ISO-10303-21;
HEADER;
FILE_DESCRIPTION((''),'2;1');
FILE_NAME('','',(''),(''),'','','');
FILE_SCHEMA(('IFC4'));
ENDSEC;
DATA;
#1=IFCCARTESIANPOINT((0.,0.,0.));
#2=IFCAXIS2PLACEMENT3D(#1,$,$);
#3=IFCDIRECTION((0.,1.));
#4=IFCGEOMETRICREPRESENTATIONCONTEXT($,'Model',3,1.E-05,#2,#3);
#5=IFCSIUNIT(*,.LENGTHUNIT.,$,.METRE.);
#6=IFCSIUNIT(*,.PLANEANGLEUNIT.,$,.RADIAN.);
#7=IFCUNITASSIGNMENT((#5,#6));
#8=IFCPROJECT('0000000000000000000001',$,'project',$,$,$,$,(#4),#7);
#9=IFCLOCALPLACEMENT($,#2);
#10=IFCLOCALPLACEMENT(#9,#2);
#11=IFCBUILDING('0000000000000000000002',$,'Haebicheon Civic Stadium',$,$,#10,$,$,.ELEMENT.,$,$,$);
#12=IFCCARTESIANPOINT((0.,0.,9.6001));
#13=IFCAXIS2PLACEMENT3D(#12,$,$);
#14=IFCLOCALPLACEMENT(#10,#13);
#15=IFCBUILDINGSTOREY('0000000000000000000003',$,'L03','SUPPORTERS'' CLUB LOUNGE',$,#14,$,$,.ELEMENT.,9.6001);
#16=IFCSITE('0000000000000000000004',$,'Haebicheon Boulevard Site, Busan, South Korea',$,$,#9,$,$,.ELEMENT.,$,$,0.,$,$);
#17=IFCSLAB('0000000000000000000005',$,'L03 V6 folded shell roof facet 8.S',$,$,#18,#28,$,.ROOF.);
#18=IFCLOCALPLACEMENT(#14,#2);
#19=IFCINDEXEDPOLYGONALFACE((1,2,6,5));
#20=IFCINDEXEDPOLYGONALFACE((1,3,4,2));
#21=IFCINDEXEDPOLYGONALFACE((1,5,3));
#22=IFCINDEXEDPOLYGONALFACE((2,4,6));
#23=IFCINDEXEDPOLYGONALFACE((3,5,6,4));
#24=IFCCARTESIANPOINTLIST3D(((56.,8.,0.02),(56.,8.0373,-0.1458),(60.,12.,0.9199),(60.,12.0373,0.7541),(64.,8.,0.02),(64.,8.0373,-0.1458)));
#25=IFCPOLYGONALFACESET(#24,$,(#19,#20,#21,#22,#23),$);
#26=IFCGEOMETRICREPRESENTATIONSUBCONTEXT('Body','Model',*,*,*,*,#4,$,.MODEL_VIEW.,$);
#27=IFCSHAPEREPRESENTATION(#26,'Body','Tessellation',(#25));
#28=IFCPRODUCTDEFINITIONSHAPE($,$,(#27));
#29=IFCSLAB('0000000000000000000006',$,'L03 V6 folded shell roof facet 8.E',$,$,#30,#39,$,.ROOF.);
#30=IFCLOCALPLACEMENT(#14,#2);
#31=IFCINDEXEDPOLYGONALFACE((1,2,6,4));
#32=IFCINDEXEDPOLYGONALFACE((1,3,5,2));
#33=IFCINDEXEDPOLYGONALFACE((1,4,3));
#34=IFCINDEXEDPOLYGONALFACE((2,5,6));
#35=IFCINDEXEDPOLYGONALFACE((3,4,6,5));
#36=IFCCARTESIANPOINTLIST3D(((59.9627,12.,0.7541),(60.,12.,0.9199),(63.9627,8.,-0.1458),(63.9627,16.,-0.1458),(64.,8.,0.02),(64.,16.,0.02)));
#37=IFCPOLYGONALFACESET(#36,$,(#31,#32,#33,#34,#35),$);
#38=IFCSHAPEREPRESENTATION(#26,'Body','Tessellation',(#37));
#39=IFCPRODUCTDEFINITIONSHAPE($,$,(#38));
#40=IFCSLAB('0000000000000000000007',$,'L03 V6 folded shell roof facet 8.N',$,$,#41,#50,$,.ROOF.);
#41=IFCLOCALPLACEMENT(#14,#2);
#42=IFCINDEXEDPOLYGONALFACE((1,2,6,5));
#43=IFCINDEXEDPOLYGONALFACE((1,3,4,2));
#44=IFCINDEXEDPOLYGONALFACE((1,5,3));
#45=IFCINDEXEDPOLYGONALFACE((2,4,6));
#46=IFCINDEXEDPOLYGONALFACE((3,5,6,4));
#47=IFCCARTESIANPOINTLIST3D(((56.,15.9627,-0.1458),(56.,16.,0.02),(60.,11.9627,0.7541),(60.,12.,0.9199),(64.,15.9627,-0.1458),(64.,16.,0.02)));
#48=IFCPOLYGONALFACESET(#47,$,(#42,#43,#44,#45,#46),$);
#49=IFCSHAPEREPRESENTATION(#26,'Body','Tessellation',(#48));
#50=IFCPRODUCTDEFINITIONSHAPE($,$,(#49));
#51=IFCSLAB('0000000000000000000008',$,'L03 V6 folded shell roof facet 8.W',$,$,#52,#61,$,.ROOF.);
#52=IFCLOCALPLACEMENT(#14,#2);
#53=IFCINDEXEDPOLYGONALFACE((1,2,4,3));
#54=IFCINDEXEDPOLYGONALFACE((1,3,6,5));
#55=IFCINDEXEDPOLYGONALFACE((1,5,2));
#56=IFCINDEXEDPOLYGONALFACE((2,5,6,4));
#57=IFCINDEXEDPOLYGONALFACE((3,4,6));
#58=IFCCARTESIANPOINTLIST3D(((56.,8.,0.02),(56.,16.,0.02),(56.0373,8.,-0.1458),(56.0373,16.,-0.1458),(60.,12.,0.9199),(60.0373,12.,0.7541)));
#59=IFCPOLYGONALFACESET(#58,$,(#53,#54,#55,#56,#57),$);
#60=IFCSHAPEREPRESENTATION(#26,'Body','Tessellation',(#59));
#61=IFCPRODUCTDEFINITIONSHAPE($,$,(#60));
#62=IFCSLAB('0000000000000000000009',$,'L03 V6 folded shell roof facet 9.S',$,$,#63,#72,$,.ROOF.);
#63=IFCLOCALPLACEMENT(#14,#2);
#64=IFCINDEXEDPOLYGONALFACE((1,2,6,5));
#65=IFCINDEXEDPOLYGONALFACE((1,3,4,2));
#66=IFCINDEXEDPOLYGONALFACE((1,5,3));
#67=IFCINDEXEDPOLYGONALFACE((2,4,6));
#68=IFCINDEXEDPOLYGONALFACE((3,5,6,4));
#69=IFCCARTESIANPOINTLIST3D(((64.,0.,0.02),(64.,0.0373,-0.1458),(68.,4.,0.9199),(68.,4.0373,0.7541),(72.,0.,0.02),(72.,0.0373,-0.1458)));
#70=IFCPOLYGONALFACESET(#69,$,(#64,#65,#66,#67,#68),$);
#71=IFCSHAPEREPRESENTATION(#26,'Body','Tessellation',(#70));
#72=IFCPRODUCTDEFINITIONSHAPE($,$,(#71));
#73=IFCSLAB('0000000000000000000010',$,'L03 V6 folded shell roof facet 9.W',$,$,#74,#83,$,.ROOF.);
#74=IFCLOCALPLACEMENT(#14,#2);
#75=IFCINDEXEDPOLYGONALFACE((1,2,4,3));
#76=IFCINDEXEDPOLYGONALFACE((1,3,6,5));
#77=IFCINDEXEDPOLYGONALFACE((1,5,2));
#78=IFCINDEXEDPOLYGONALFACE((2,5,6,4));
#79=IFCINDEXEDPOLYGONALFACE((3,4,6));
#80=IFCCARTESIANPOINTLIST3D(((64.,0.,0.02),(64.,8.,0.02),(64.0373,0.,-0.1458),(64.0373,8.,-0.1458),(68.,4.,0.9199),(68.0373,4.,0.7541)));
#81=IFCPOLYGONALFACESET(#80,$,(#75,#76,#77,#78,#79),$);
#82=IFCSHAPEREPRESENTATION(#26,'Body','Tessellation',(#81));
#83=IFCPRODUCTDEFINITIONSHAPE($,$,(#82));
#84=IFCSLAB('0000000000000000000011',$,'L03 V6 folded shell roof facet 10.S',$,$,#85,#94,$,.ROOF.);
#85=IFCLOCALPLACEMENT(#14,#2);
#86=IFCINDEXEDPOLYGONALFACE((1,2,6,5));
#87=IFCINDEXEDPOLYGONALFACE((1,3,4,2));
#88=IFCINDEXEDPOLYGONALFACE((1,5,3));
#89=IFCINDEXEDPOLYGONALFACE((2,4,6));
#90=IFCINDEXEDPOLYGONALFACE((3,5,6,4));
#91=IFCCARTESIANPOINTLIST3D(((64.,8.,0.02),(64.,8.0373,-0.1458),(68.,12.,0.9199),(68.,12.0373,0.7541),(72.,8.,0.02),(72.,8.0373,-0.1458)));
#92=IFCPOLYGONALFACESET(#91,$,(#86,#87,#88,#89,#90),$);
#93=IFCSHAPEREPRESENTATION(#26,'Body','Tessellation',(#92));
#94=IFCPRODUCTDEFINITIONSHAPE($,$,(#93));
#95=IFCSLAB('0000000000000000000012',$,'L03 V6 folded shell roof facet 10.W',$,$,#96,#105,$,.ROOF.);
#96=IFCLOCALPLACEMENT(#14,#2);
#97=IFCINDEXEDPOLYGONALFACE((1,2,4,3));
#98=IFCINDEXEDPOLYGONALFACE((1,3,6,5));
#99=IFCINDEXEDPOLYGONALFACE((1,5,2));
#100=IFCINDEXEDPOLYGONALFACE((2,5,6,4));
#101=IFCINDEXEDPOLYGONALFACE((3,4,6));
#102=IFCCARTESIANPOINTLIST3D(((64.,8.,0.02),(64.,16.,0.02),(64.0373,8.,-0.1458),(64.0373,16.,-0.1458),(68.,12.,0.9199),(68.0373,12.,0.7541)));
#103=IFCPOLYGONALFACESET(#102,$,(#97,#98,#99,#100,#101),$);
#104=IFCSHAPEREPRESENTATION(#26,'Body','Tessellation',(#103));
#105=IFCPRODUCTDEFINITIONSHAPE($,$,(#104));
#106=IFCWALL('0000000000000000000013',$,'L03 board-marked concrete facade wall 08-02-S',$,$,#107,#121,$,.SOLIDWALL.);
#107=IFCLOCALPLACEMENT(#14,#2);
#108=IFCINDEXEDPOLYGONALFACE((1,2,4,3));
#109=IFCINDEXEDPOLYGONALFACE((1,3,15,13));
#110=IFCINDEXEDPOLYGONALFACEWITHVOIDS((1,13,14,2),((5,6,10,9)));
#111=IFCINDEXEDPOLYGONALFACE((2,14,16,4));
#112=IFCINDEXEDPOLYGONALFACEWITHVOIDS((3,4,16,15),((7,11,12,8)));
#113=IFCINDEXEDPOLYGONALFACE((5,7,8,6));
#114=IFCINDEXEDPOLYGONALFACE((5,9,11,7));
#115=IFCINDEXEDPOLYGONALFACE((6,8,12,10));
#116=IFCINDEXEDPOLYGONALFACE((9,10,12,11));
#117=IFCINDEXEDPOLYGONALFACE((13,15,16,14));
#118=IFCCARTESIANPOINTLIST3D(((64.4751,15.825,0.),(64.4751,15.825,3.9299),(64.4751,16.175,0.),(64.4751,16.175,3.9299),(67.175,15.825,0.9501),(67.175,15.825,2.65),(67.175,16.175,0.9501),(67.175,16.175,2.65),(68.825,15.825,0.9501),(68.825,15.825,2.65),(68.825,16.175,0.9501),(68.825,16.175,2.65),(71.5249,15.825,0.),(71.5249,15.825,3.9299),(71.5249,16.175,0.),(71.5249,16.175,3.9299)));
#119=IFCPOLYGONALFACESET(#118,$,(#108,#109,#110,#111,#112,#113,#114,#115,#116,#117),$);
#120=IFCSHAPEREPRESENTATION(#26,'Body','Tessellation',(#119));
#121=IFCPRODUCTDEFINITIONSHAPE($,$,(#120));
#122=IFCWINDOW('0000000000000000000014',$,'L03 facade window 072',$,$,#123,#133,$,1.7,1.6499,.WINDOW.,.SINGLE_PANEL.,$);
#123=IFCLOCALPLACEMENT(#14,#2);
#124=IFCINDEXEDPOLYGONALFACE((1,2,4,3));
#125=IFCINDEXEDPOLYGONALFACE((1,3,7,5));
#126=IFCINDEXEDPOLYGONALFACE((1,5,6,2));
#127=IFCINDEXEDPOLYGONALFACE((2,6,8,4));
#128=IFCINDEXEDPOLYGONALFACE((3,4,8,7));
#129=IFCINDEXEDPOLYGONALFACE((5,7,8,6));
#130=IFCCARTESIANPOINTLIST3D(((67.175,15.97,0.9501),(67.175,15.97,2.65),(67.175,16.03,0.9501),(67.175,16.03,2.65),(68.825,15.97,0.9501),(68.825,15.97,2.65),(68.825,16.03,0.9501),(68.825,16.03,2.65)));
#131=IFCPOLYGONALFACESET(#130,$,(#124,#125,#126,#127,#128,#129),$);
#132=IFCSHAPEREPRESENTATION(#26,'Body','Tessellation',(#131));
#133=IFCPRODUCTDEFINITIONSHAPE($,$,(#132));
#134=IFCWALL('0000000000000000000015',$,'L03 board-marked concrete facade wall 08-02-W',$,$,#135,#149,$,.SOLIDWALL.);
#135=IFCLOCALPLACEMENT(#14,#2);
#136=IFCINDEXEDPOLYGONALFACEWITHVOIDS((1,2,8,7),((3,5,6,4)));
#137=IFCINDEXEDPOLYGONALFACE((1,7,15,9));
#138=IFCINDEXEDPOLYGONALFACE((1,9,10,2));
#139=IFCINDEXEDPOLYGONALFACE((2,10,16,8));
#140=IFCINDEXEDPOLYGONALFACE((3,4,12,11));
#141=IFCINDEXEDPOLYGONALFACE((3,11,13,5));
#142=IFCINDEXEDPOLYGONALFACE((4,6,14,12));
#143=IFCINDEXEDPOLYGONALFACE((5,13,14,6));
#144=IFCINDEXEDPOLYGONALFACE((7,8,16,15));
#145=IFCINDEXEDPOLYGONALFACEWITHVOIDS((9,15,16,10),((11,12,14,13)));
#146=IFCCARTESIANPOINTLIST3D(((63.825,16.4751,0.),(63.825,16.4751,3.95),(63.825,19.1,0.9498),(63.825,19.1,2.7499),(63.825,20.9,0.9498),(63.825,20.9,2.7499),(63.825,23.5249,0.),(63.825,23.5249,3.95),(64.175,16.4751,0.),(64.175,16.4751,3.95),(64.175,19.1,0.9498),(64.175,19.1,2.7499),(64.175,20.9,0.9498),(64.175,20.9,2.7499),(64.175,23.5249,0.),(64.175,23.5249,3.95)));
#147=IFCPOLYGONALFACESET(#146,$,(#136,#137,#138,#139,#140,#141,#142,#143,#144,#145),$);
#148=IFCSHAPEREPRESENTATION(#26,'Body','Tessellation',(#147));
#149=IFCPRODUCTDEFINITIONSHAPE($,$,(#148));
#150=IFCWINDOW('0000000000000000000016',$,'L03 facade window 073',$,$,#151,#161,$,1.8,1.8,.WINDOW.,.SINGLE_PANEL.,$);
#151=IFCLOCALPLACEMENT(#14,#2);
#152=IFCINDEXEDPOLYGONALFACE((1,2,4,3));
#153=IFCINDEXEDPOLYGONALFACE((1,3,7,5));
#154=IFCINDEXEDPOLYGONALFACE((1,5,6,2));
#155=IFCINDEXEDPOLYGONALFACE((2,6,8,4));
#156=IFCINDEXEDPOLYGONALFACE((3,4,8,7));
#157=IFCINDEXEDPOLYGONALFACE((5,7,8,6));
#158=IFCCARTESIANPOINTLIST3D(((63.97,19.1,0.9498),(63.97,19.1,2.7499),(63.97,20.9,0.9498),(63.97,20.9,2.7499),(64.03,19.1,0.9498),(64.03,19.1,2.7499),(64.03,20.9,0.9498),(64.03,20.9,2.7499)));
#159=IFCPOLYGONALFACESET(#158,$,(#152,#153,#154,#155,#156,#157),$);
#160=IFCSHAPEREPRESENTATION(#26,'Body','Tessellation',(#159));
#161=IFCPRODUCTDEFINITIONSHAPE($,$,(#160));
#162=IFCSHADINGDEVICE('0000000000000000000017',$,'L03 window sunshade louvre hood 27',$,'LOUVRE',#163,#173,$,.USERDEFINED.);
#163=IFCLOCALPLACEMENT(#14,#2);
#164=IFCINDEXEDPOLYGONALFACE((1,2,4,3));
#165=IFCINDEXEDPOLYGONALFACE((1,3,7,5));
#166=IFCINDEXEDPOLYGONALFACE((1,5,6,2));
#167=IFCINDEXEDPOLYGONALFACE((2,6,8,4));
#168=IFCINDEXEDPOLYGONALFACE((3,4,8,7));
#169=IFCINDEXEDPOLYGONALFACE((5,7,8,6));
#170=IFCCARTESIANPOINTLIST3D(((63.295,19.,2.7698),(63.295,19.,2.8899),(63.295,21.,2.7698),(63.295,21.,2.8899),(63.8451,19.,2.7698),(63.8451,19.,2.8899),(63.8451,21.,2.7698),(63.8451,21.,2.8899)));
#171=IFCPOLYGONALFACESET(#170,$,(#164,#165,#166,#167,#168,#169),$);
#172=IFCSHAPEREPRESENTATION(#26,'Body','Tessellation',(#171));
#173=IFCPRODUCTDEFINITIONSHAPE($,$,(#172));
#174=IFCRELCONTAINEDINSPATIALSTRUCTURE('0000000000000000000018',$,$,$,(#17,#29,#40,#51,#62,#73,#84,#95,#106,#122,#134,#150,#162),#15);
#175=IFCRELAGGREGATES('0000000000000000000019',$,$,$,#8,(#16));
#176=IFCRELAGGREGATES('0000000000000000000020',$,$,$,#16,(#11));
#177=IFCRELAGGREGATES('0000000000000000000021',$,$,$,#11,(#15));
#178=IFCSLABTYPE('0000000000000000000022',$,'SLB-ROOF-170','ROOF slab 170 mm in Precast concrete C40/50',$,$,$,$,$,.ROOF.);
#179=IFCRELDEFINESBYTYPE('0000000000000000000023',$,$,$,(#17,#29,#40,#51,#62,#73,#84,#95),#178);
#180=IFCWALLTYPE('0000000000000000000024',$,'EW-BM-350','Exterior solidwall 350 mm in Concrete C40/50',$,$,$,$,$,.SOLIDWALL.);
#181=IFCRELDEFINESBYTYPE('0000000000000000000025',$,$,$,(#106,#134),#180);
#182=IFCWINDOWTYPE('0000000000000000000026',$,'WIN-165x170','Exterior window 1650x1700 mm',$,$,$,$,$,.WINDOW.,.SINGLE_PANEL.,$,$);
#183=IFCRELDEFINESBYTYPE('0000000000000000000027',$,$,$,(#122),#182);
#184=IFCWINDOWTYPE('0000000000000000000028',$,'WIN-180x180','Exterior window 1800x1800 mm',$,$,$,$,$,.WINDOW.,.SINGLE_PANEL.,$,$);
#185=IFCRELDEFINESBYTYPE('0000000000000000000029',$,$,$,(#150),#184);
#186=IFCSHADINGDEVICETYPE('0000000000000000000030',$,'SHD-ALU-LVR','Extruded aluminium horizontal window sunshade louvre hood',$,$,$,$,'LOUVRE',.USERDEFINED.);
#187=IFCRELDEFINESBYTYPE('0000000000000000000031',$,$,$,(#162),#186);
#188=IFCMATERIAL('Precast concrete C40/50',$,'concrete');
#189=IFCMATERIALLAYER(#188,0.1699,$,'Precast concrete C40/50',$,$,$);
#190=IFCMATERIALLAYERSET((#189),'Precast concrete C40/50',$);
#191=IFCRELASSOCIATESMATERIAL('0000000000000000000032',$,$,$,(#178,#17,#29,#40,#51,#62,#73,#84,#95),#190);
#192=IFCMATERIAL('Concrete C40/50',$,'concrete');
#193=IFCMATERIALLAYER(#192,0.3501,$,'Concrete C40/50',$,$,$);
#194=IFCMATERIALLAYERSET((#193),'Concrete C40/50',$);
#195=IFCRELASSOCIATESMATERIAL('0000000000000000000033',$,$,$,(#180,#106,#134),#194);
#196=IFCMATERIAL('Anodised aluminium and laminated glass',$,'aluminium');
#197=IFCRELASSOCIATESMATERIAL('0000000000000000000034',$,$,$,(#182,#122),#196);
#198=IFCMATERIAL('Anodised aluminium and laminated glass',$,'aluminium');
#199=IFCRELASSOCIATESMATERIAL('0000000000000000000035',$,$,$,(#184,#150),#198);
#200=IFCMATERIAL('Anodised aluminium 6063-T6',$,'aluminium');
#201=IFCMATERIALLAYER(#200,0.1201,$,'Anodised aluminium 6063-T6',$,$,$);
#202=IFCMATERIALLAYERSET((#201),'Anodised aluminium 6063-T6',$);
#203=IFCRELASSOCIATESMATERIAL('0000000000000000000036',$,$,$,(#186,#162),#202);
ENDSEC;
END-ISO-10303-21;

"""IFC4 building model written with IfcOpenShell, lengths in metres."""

from ifc_helpers import new_model, si_unit, direction, frame, frame_2d, origin, origin_2d, place, context, subcontext, project, spatial, polyline, rectangle, outline, extrude, material, layer, layer_set, type_object, element, fill, save


model = new_model("IFC4")

# Units and contexts
model_context = context("Model", 3, precision=1e-05, world=origin(), true_north=direction((0.0, 1.0)))
body_context = subcontext(model_context, "Body", "Model", "MODEL_VIEW")
ifc_project = project(units=[si_unit("LENGTHUNIT", "METRE"), si_unit("PLANEANGLEUNIT", "RADIAN")], contexts=[model_context])

# Site, building, storey
site_placement = place(None, origin())
site = spatial("IfcSite", under=ifc_project, at=site_placement, Name="Haebicheon Boulevard Site, Busan, South Korea", CompositionType="ELEMENT", RefElevation=0.0)
building_placement = place(site_placement, origin())
building = spatial("IfcBuilding", under=site, at=building_placement, Name="Haebicheon Civic Stadium", CompositionType="ELEMENT")
storey_placement = place(building_placement, frame((0.0, 0.0, 9.6001)))
storey = spatial("IfcBuildingStorey", under=building, at=storey_placement, Name="L03", Description="SUPPORTERS' CLUB LOUNGE", CompositionType="ELEMENT", Elevation=9.6001)

# Slabs
ifc_material_1 = material(Name="Precast concrete C40/50", Category="concrete")
ifc_layer_1 = layer(ifc_material_1, 0.1699, Name="Precast concrete C40/50")
ifc_layer_set_1 = layer_set([ifc_layer_1], Name="Precast concrete C40/50")
slab_type = type_object("IfcSlabType", Name="SLB-ROOF-170", Description="ROOF slab 170 mm in Precast concrete C40/50", PredefinedType="ROOF", material=ifc_layer_set_1)
for number, where, z_axis, x_axis, name in (
    (1, (56.0, 8.0, 0.02), (0.0, -0.21949, 0.975615), (1.0, 0.0, 0.0), "L03 V6 folded shell roof facet 8.S"),
    (2, (64.0, 8.0, 0.02), (0.21949, 0.0, 0.975615), (0.0, 1.0, 0.0), "L03 V6 folded shell roof facet 8.E"),
    (3, (64.0, 16.0, 0.02), (0.0, 0.21949, 0.975615), (-1.0, 0.0, 0.0), "L03 V6 folded shell roof facet 8.N"),
    (4, (56.0, 16.0, 0.02), (-0.21949, 0.0, 0.975615), (0.0, -1.0, 0.0), "L03 V6 folded shell roof facet 8.W"),
    (5, (64.0, 0.0, 0.02), (0.0, -0.21949, 0.975615), (1.0, 0.0, 0.0), "L03 V6 folded shell roof facet 9.S"),
    (6, (64.0, 8.0, 0.02), (-0.21949, 0.0, 0.975615), (0.0, -1.0, 0.0), "L03 V6 folded shell roof facet 9.W"),
    (7, (64.0, 8.0, 0.02), (0.0, -0.21949, 0.975615), (1.0, 0.0, 0.0), "L03 V6 folded shell roof facet 10.S"),
    (8, (64.0, 16.0, 0.02), (-0.21949, 0.0, 0.975615), (0.0, -1.0, 0.0), "L03 V6 folded shell roof facet 10.W"),
):
    element("IfcSlab", number, at=place(storey_placement, frame(where, z_axis=z_axis, x_axis=x_axis)), inside=storey, type_object=slab_type, material=ifc_layer_set_1, Name=name, PredefinedType="ROOF", context=body_context, shape_type="SweptSolid", body=[
        extrude(outline(polyline([(0.0, 0.0), (8.0, 0.0), (4.0, 4.1), (0.0, 0.0)])), origin(), (0.0, 0.0, -1.0), 0.1699),
    ])

# Walls, openings, windows
ifc_material_2 = material(Name="Concrete C40/50", Category="concrete")
ifc_layer_2 = layer(ifc_material_2, 0.3501, Name="Concrete C40/50")
ifc_layer_set_2 = layer_set([ifc_layer_2], Name="Concrete C40/50")
wall_type = type_object("IfcWallType", Name="EW-BM-350", Description="Exterior solidwall 350 mm in Concrete C40/50", PredefinedType="SOLIDWALL", material=ifc_layer_set_2)
wall_1_placement = place(storey_placement, frame((64.4751, 16.0, 0.0), z_axis=(0.0, 0.0, 1.0), x_axis=(1.0, 0.0, 0.0)))
wall_1 = element("IfcWall", 9, at=wall_1_placement, inside=storey, type_object=wall_type, material=ifc_layer_set_2, Name="L03 board-marked concrete facade wall 08-02-S", PredefinedType="SOLIDWALL", context=body_context, shape_type="SweptSolid", body=[
    extrude(rectangle(XDim=7.0498, YDim=0.3501, at=frame_2d((3.5249, 0.0))), origin(), (0.0, 0.0, 1.0), 3.9299),
])
opening_1_placement = place(wall_1_placement, frame((2.7, 0.0, 0.95)))
opening_1 = element("IfcOpeningElement", 10, at=opening_1_placement, cuts=wall_1, PredefinedType="OPENING", context=body_context, shape_type="SweptSolid", body=[
    extrude(rectangle(XDim=1.6499, YDim=1.7, at=frame_2d((0.825, 0.8501))), frame((0.0, 0.1851, 0.0), z_axis=(0.0, -1.0, 0.0), x_axis=(1.0, 0.0, 0.0)), (0.0, 0.0, 1.0), 0.3701),
])
ifc_material_3 = material(Name="Anodised aluminium and laminated glass", Category="aluminium")
window_type_1 = type_object("IfcWindowType", Name="WIN-165x170", Description="Exterior window 1650x1700 mm", PartitioningType="SINGLE_PANEL", PredefinedType="WINDOW", material=ifc_material_3)
window_1_placement = place(opening_1_placement, origin())
window_1 = element("IfcWindow", 11, at=window_1_placement, inside=storey, type_object=window_type_1, material=ifc_material_3, Name="L03 facade window 072", OverallHeight=1.7, OverallWidth=1.6499, PartitioningType="SINGLE_PANEL", PredefinedType="WINDOW", context=body_context, shape_type="SweptSolid", body=[
    extrude(rectangle(XDim=1.6499, YDim=1.7, at=frame_2d((0.825, 0.8501))), frame((0.0, 0.03, 0.0), z_axis=(0.0, -1.0, 0.0), x_axis=(1.0, 0.0, 0.0)), (0.0, 0.0, 1.0), 0.0601),
])
fill(opening_1, window_1)
wall_2_placement = place(storey_placement, frame((64.0, 16.4751, 0.0), z_axis=(0.0, 0.0, 1.0), x_axis=(0.0, 1.0, 0.0)))
wall_2 = element("IfcWall", 12, at=wall_2_placement, inside=storey, type_object=wall_type, material=ifc_layer_set_2, Name="L03 board-marked concrete facade wall 08-02-W", PredefinedType="SOLIDWALL", context=body_context, shape_type="SweptSolid", body=[
    extrude(rectangle(XDim=7.0498, YDim=0.3501, at=frame_2d((3.5249, 0.0))), origin(), (0.0, 0.0, 1.0), 3.95),
])
opening_2_placement = place(wall_2_placement, frame((2.625, 0.0, 0.95)))
opening_2 = element("IfcOpeningElement", 13, at=opening_2_placement, cuts=wall_2, PredefinedType="OPENING", context=body_context, shape_type="SweptSolid", body=[
    extrude(rectangle(XDim=1.8, YDim=1.8, at=frame_2d((0.8999, 0.8999))), frame((0.0, 0.1851, 0.0), z_axis=(0.0, -1.0, 0.0), x_axis=(1.0, 0.0, 0.0)), (0.0, 0.0, 1.0), 0.3701),
])
ifc_material_4 = material(Name="Anodised aluminium and laminated glass", Category="aluminium")
window_type_2 = type_object("IfcWindowType", Name="WIN-180x180", Description="Exterior window 1800x1800 mm", PartitioningType="SINGLE_PANEL", PredefinedType="WINDOW", material=ifc_material_4)
window_2_placement = place(opening_2_placement, origin())
window_2 = element("IfcWindow", 14, at=window_2_placement, inside=storey, type_object=window_type_2, material=ifc_material_4, Name="L03 facade window 073", OverallHeight=1.8, OverallWidth=1.8, PartitioningType="SINGLE_PANEL", PredefinedType="WINDOW", context=body_context, shape_type="SweptSolid", body=[
    extrude(rectangle(XDim=1.8, YDim=1.8, at=frame_2d((0.8999, 0.8999))), frame((0.0, 0.03, 0.0), z_axis=(0.0, -1.0, 0.0), x_axis=(1.0, 0.0, 0.0)), (0.0, 0.0, 1.0), 0.0601),
])
fill(opening_2, window_2)

# Shading device
ifc_material_5 = material(Name="Anodised aluminium 6063-T6", Category="aluminium")
ifc_layer_3 = layer(ifc_material_5, 0.1201, Name="Anodised aluminium 6063-T6")
ifc_layer_set_3 = layer_set([ifc_layer_3], Name="Anodised aluminium 6063-T6")
shading_device_type = type_object("IfcShadingDeviceType", Name="SHD-ALU-LVR", Description="Extruded aluminium horizontal window sunshade louvre hood", ElementType="LOUVRE", PredefinedType="USERDEFINED", material=ifc_layer_set_3)
shading_device_placement = place(storey_placement, frame((63.5701, 20.0, 2.7698), z_axis=(0.0, 0.0, 1.0), x_axis=(1.0, 0.0, 0.0)))
element("IfcShadingDevice", 15, at=shading_device_placement, inside=storey, type_object=shading_device_type, material=ifc_layer_set_3, Name="L03 window sunshade louvre hood 27", ObjectType="LOUVRE", PredefinedType="USERDEFINED", context=body_context, shape_type="SweptSolid", body=[
    extrude(rectangle(XDim=0.55, YDim=2.0, at=origin_2d()), origin(), (0.0, 0.0, 1.0), 0.1201),
])

save(model, "model.ifc")
